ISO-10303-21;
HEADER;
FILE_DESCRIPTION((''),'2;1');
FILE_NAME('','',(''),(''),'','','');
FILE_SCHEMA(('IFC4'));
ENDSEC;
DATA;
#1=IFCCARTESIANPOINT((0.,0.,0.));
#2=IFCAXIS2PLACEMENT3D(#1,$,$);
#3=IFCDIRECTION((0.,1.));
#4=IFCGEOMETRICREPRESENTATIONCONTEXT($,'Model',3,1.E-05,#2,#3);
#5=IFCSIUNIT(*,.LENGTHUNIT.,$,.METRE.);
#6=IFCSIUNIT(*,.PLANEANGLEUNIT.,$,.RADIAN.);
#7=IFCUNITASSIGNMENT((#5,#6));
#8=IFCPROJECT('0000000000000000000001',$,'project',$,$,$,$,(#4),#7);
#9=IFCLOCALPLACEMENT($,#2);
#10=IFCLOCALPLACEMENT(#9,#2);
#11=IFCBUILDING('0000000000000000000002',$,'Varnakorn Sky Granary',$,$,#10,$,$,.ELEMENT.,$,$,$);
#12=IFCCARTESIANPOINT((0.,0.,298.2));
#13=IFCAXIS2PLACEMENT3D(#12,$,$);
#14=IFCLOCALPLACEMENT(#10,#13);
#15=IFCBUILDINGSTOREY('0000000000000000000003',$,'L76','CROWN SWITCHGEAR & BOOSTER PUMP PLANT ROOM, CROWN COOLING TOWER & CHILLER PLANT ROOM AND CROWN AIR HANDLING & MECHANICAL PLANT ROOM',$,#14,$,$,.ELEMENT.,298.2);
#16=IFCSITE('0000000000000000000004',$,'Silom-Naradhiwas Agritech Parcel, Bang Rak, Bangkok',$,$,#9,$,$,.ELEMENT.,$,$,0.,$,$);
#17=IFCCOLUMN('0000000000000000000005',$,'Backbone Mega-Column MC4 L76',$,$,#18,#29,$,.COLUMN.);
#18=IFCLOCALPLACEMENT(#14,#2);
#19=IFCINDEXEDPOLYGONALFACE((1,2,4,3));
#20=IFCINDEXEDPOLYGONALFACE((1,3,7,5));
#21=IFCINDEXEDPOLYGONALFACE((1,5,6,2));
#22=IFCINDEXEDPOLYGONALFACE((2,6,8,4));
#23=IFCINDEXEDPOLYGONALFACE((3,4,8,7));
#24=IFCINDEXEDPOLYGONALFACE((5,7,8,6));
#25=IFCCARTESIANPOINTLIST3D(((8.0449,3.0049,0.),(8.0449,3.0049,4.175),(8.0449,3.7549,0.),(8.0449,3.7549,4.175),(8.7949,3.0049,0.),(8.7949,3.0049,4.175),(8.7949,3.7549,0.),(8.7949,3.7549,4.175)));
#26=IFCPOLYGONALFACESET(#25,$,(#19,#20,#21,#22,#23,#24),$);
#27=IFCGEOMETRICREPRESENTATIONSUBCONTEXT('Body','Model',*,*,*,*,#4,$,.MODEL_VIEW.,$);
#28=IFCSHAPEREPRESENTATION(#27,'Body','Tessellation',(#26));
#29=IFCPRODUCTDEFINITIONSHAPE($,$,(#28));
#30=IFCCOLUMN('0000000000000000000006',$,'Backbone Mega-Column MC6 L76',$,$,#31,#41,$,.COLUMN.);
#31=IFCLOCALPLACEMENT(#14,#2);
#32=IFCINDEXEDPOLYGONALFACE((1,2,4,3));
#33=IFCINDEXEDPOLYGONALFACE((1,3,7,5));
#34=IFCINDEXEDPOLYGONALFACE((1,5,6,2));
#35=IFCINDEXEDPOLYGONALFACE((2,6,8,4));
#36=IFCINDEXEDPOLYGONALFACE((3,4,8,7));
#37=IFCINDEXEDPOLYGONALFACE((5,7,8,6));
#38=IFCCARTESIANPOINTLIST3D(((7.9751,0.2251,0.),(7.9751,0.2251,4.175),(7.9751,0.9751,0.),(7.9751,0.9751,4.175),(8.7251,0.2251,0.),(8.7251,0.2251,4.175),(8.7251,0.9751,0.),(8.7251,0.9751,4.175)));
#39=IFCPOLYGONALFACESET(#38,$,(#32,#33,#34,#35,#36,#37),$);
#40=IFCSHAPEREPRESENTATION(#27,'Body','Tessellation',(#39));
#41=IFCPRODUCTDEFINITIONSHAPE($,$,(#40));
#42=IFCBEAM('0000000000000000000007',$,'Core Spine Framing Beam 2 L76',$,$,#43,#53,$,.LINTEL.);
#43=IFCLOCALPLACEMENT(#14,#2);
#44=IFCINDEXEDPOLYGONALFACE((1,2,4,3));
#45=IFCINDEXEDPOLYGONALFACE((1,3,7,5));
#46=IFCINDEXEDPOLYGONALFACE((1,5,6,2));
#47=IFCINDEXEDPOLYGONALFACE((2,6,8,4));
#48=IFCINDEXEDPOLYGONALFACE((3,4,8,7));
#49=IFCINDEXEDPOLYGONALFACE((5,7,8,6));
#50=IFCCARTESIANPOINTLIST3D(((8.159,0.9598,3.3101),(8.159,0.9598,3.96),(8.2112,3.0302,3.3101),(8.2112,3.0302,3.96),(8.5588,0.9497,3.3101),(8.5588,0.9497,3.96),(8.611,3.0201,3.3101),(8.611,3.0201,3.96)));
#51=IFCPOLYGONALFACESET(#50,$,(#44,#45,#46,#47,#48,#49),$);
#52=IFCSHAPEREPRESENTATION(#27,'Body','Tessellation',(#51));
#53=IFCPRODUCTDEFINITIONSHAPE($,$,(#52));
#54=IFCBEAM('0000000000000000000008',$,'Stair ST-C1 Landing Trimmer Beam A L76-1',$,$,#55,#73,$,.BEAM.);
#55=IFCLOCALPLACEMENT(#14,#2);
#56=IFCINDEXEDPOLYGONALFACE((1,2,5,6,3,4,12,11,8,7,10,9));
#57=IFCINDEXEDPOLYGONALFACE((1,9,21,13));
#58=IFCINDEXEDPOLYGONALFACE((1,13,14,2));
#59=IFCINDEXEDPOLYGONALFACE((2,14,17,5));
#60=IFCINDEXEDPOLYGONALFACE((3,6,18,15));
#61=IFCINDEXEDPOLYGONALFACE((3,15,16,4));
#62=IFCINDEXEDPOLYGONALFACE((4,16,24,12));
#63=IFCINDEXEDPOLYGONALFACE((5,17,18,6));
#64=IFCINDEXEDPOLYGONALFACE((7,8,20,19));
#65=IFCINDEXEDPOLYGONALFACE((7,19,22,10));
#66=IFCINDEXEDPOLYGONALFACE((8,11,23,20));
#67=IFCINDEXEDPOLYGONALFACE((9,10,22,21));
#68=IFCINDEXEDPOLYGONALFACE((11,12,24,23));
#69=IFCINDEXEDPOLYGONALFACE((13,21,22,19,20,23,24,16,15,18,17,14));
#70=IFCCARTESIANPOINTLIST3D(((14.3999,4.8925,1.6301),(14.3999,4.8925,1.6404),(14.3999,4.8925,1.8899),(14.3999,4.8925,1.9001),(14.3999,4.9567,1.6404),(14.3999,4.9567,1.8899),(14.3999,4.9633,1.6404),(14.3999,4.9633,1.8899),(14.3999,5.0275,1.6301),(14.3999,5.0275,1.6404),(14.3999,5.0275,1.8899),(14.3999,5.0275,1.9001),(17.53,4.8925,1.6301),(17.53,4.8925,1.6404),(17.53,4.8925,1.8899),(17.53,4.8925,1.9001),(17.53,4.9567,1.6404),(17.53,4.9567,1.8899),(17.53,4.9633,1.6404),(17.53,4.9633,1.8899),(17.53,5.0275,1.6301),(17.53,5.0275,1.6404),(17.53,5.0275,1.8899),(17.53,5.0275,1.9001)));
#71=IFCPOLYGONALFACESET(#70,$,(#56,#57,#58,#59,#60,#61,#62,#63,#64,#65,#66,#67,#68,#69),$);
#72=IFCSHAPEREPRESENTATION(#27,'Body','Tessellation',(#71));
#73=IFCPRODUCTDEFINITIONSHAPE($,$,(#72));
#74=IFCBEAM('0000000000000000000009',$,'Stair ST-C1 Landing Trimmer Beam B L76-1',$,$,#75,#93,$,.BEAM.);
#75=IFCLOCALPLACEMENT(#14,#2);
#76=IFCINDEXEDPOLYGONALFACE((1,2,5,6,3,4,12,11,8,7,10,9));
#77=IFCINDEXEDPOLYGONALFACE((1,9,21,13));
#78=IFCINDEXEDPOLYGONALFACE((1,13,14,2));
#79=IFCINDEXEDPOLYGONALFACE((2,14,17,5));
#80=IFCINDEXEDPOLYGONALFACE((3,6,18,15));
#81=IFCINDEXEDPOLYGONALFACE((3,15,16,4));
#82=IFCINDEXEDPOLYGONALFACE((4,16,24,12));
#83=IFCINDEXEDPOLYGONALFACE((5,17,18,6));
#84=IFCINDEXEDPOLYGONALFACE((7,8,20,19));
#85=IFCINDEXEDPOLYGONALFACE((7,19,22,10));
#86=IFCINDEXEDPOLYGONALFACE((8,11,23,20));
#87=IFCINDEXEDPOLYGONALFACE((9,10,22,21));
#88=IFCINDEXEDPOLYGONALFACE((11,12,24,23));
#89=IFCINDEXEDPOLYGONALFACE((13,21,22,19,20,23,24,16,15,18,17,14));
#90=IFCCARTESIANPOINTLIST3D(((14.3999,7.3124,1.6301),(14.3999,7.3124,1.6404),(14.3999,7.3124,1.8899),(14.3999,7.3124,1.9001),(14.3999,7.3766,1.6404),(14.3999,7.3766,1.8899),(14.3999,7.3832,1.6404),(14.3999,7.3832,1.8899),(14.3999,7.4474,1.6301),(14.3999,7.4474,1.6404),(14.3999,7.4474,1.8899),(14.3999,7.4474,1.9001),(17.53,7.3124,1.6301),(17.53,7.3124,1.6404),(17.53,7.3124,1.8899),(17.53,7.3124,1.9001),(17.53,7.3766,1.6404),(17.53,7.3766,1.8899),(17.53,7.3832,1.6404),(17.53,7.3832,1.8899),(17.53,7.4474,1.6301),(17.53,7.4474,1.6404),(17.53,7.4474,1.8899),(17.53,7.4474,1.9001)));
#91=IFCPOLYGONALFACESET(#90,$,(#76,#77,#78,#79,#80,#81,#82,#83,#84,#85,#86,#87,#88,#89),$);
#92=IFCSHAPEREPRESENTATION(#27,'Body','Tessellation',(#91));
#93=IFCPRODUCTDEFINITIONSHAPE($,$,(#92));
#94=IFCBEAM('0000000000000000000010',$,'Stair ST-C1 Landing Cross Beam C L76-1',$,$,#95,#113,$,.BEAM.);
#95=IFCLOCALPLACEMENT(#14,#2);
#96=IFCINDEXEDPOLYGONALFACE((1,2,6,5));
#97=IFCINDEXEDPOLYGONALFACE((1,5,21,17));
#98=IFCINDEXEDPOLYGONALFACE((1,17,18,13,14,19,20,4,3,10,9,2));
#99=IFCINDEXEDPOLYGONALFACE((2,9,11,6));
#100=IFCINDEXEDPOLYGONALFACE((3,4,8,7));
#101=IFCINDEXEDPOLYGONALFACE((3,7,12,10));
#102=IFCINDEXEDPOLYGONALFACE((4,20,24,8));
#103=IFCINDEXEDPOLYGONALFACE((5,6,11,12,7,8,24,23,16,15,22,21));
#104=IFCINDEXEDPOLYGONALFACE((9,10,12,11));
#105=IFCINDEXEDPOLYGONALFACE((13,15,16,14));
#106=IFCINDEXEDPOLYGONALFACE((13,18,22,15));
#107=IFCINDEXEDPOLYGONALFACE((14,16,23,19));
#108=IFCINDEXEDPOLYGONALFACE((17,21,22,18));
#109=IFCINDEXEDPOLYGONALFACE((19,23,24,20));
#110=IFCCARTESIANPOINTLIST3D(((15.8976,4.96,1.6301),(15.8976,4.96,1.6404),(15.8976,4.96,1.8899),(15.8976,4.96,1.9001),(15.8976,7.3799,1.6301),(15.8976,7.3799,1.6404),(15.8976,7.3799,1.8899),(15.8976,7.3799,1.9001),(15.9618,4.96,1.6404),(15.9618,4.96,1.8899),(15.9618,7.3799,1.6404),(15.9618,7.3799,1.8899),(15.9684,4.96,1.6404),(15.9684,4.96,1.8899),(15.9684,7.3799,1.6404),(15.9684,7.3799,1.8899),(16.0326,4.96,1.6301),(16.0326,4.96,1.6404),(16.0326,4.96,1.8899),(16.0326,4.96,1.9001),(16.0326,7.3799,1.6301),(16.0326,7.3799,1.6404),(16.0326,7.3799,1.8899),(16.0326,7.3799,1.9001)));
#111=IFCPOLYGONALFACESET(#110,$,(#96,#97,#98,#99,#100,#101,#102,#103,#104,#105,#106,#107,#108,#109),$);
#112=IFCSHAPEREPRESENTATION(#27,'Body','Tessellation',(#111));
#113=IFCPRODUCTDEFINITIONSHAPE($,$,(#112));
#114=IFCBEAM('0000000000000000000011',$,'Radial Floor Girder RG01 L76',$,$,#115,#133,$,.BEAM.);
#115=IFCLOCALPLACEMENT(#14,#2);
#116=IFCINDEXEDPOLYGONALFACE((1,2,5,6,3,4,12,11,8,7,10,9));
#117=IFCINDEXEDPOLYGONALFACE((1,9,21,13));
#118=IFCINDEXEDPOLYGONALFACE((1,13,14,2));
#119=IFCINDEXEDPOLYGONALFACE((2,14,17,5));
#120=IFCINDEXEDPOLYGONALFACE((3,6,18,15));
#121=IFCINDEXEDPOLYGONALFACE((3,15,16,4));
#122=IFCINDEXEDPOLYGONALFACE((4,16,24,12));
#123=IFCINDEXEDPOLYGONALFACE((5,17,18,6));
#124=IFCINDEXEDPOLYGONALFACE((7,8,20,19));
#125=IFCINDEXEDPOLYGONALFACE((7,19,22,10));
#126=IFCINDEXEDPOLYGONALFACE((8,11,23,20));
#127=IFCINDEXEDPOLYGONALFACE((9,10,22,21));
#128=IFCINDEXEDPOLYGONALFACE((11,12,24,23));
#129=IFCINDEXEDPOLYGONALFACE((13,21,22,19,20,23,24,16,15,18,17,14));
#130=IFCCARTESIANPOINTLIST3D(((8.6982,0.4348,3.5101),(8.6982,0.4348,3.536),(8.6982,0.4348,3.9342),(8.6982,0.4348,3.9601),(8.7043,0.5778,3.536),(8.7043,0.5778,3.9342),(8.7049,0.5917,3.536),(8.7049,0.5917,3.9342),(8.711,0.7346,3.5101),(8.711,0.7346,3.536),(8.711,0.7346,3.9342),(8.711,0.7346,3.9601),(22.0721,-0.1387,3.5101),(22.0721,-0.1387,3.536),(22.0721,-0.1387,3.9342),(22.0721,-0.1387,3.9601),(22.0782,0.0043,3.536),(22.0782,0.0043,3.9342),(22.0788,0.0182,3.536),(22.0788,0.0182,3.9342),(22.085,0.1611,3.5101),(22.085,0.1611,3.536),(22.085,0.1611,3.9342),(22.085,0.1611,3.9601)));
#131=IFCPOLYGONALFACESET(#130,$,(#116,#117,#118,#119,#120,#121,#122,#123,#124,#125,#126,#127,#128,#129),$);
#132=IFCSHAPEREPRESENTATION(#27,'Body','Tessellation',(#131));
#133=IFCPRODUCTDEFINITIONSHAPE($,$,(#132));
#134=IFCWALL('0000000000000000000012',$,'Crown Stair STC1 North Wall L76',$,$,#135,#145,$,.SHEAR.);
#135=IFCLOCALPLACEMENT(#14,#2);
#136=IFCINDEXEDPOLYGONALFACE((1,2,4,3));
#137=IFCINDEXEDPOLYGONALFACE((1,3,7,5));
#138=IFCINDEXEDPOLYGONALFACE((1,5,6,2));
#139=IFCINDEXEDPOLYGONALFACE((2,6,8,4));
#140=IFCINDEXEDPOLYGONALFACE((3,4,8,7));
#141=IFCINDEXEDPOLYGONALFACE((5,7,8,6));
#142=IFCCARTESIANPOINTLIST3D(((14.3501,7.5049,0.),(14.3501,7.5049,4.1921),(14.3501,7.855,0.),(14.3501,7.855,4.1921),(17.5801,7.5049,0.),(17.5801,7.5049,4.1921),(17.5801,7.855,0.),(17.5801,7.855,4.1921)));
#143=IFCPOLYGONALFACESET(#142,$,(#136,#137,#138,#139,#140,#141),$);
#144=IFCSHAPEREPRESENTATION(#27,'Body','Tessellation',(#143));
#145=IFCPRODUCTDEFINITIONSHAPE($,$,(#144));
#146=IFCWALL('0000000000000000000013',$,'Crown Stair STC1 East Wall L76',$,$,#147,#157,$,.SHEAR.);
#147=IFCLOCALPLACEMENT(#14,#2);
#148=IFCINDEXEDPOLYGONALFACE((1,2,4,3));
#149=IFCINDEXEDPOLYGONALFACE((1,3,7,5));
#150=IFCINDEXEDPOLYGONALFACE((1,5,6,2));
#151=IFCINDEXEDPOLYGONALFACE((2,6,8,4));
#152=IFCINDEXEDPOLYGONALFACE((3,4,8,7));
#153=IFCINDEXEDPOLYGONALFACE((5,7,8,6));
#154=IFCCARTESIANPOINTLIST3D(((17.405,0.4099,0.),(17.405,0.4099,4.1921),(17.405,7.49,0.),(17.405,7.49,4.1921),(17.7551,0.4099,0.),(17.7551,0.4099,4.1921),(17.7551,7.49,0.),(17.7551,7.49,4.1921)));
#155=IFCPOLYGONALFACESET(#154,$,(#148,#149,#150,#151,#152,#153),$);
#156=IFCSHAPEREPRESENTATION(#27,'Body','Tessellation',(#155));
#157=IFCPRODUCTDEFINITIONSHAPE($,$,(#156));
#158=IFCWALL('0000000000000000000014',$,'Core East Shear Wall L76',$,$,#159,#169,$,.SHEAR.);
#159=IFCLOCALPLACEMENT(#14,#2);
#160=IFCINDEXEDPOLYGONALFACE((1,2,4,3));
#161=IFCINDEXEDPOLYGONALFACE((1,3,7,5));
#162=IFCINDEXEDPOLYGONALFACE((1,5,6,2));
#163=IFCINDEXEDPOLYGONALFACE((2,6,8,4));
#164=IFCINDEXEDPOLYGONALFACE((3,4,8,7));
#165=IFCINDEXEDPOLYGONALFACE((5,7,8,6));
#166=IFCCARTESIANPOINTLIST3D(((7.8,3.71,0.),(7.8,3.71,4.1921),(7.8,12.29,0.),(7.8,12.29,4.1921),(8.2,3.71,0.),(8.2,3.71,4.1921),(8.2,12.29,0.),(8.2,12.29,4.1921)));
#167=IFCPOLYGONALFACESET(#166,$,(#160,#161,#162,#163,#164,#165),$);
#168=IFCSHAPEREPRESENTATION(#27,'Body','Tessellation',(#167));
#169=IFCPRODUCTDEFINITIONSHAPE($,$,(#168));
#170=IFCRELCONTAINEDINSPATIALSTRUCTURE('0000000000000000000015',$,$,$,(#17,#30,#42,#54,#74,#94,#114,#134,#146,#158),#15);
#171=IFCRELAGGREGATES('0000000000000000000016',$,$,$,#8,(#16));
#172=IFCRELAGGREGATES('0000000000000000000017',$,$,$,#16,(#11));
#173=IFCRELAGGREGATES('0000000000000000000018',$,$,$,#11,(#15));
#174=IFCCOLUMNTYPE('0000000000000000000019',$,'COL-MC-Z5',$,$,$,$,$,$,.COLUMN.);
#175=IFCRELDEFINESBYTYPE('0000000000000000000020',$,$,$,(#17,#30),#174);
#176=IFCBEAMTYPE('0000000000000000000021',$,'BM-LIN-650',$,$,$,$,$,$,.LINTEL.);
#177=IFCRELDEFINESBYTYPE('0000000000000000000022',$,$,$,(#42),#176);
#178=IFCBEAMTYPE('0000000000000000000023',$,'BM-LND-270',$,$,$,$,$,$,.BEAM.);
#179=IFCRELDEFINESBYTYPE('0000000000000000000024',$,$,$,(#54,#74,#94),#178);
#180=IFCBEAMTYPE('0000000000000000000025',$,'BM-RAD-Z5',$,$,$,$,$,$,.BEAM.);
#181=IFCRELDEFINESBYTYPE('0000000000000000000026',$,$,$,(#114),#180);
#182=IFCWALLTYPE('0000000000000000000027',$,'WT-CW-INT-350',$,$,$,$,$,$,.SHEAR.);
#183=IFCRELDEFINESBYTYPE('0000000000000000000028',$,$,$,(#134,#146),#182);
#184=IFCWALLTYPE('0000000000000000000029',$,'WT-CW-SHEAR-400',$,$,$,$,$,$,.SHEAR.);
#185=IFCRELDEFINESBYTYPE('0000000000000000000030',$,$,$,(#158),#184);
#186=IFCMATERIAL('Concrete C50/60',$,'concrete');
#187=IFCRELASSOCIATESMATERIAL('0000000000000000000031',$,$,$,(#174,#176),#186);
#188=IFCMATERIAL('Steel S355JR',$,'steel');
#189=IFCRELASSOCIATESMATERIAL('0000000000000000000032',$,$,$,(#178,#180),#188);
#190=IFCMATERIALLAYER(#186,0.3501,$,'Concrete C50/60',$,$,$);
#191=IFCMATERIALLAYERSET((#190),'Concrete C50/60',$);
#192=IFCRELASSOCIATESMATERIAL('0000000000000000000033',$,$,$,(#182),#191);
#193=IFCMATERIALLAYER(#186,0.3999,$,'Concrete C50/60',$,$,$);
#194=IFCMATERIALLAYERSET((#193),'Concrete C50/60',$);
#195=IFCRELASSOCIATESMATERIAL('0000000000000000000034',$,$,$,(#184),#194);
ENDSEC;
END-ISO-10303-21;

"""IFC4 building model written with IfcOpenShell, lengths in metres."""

from ifc_helpers import new_model, si_unit, direction, frame, frame_2d, origin, origin_2d, place, context, subcontext, project, spatial, rectangle, i_section, extrude, material, layer, layer_set, material_profile, profile_set, type_object, element, save


model = new_model("IFC4")

# Units and contexts
model_context = context("Model", 3, precision=1e-05, world=origin(), true_north=direction((0.0, 1.0)))
body_context = subcontext(model_context, "Body", "Model", "MODEL_VIEW")
ifc_project = project(units=[si_unit("LENGTHUNIT", "METRE"), si_unit("PLANEANGLEUNIT", "RADIAN")], contexts=[model_context])

# Site, building, storey
site_placement = place(None, origin())
site = spatial("IfcSite", under=ifc_project, at=site_placement, Name="Silom-Naradhiwas Agritech Parcel, Bang Rak, Bangkok", CompositionType="ELEMENT", RefElevation=0.0)
building_placement = place(site_placement, origin())
building = spatial("IfcBuilding", under=site, at=building_placement, Name="Varnakorn Sky Granary", CompositionType="ELEMENT")
storey_placement = place(building_placement, frame((0.0, 0.0, 298.2)))
storey = spatial("IfcBuildingStorey", under=building, at=storey_placement, Name="L76", Description="CROWN SWITCHGEAR & BOOSTER PUMP PLANT ROOM, CROWN COOLING TOWER & CHILLER PLANT ROOM AND CROWN AIR HANDLING & MECHANICAL PLANT ROOM", CompositionType="ELEMENT", Elevation=298.2)

# Columns
ifc_material_1 = material(Name="Concrete C50/60", Category="concrete")
ifc_material_profile_1 = material_profile(ifc_material_1, rectangle(XDim=0.75, YDim=0.75, at=origin_2d()), Name="RC 750x750")
ifc_profile_set_1 = profile_set([ifc_material_profile_1], Name="Concrete C50/60")
column_type = type_object("IfcColumnType", Name="COL-MC-Z5", PredefinedType="COLUMN", material=ifc_profile_set_1)
for number, where, z_axis, x_axis, name in (
    (1, (8.4199, 3.3799, 0.0), (0.0, 0.0, 1.0), (1.0, 0.0, 0.0), "Backbone Mega-Column MC4 L76"),
    (2, (8.3501, 0.6001, 0.0), (0.0, 0.0, 1.0), (1.0, 0.0, 0.0), "Backbone Mega-Column MC6 L76"),
):
    element("IfcColumn", number, at=place(storey_placement, frame(where, z_axis=z_axis, x_axis=x_axis)), inside=storey, type_object=column_type, Name=name, PredefinedType="COLUMN", context=body_context, shape_type="SweptSolid", body=[
        extrude(rectangle(XDim=0.75, YDim=0.75, at=origin_2d()), origin(), (0.0, 0.0, 1.0), 4.175),
    ])

# Beams
ifc_material_profile_2 = material_profile(ifc_material_1, rectangle(XDim=0.3999, YDim=0.6499, at=origin_2d()), Name="RC 400x650")
ifc_profile_set_2 = profile_set([ifc_material_profile_2], Name="Concrete C50/60")
beam_type_1 = type_object("IfcBeamType", Name="BM-LIN-650", PredefinedType="LINTEL", material=ifc_profile_set_2)
beam_1_placement = place(storey_placement, frame((8.4111, 3.0251, 3.635), z_axis=(-0.025228, -0.999682, 0.0), x_axis=(0.999682, -0.025228, 0.0)))
element("IfcBeam", 3, at=beam_1_placement, inside=storey, type_object=beam_type_1, Name="Core Spine Framing Beam 2 L76", PredefinedType="LINTEL", context=body_context, shape_type="SweptSolid", body=[
    extrude(rectangle(XDim=0.3999, YDim=0.6499, at=origin_2d()), origin(), (0.0, 0.0, 1.0), 2.071),
])
ifc_material_2 = material(Name="Steel S355JR", Category="steel")
ifc_material_profile_3 = material_profile(ifc_material_2, i_section(OverallWidth=0.135, OverallDepth=0.27, WebThickness=0.0066, FlangeThickness=0.0103, at=origin_2d()), Name="IPE 270")
ifc_profile_set_3 = profile_set([ifc_material_profile_3], Name="Steel S355JR")
beam_type_2 = type_object("IfcBeamType", Name="BM-LND-270", PredefinedType="BEAM", material=ifc_profile_set_3)
for number, where, z_axis, x_axis, name in (
    (4, (14.3999, 4.96, 1.7651), (1.0, 0.0, 0.0), (0.0, 1.0, 0.0), "Stair ST-C1 Landing Trimmer Beam A L76-1"),
    (5, (14.3999, 7.3799, 1.7651), (1.0, 0.0, 0.0), (0.0, 1.0, 0.0), "Stair ST-C1 Landing Trimmer Beam B L76-1"),
):
    element("IfcBeam", number, at=place(storey_placement, frame(where, z_axis=z_axis, x_axis=x_axis)), inside=storey, type_object=beam_type_2, Name=name, PredefinedType="BEAM", context=body_context, shape_type="SweptSolid", body=[
        extrude(i_section(OverallWidth=0.135, OverallDepth=0.27, WebThickness=0.0066, FlangeThickness=0.0103, at=origin_2d()), origin(), (0.0, 0.0, 1.0), 3.1301),
    ])
beam_2_placement = place(storey_placement, frame((15.9651, 4.96, 1.7651), z_axis=(0.0, 1.0, 0.0), x_axis=(-1.0, 0.0, 0.0)))
element("IfcBeam", 6, at=beam_2_placement, inside=storey, type_object=beam_type_2, Name="Stair ST-C1 Landing Cross Beam C L76-1", PredefinedType="BEAM", context=body_context, shape_type="SweptSolid", body=[
    extrude(i_section(OverallWidth=0.135, OverallDepth=0.27, WebThickness=0.0066, FlangeThickness=0.0103, at=origin_2d()), origin(), (0.0, 0.0, 1.0), 2.4199),
])
ifc_material_profile_4 = material_profile(ifc_material_2, i_section(OverallWidth=0.3, OverallDepth=0.45, WebThickness=0.0139, FlangeThickness=0.0259, at=origin_2d()), Name="HE 450 B")
ifc_profile_set_4 = profile_set([ifc_material_profile_4], Name="Steel S355JR")
beam_type_3 = type_object("IfcBeamType", Name="BM-RAD-Z5", PredefinedType="BEAM", material=ifc_profile_set_4)
beam_3_placement = place(storey_placement, frame((8.7046, 0.5847, 3.7351), z_axis=(0.999082, -0.042841, 0.0), x_axis=(0.042841, 0.999082, 0.0)))
element("IfcBeam", 7, at=beam_3_placement, inside=storey, type_object=beam_type_3, Name="Radial Floor Girder RG01 L76", PredefinedType="BEAM", context=body_context, shape_type="SweptSolid", body=[
    extrude(i_section(OverallWidth=0.3, OverallDepth=0.45, WebThickness=0.0139, FlangeThickness=0.0259, at=origin_2d()), origin(), (0.0, 0.0, 1.0), 13.3862),
])

# Wall
ifc_layer_1 = layer(ifc_material_1, 0.3501, Name="Concrete C50/60")
ifc_layer_set_1 = layer_set([ifc_layer_1], Name="Concrete C50/60")
wall_type_1 = type_object("IfcWallType", Name="WT-CW-INT-350", PredefinedType="SHEAR", material=ifc_layer_set_1)
wall_1_placement = place(storey_placement, frame((14.3501, 7.6799, 0.0), z_axis=(0.0, 0.0, 1.0), x_axis=(1.0, 0.0, 0.0)))
element("IfcWall", 8, at=wall_1_placement, inside=storey, type_object=wall_type_1, Name="Crown Stair STC1 North Wall L76", PredefinedType="SHEAR", context=body_context, shape_type="SweptSolid", body=[
    extrude(rectangle(XDim=3.23, YDim=0.3501, at=frame_2d((1.615, 0.0))), origin(), (0.0, 0.0, 1.0), 4.1921),
])

# Walls
wall_2_placement = place(storey_placement, frame((17.5801, 0.4099, 0.0), z_axis=(0.0, 0.0, 1.0), x_axis=(0.0, 1.0, 0.0)))
element("IfcWall", 9, at=wall_2_placement, inside=storey, type_object=wall_type_1, Name="Crown Stair STC1 East Wall L76", PredefinedType="SHEAR", context=body_context, shape_type="SweptSolid", body=[
    extrude(rectangle(XDim=7.0801, YDim=0.3501, at=frame_2d((3.54, 0.0))), origin(), (0.0, 0.0, 1.0), 4.1921),
])
ifc_layer_2 = layer(ifc_material_1, 0.3999, Name="Concrete C50/60")
ifc_layer_set_2 = layer_set([ifc_layer_2], Name="Concrete C50/60")
wall_type_2 = type_object("IfcWallType", Name="WT-CW-SHEAR-400", PredefinedType="SHEAR", material=ifc_layer_set_2)
wall_3_placement = place(storey_placement, frame((8.0, 3.71, 0.0), z_axis=(0.0, 0.0, 1.0), x_axis=(0.0, 1.0, 0.0)))
element("IfcWall", 10, at=wall_3_placement, inside=storey, type_object=wall_type_2, Name="Core East Shear Wall L76", PredefinedType="SHEAR", context=body_context, shape_type="SweptSolid", body=[
    extrude(rectangle(XDim=8.5801, YDim=0.3999, at=frame_2d((4.29, 0.0))), origin(), (0.0, 0.0, 1.0), 4.1921),
])

save(model, "model.ifc")
